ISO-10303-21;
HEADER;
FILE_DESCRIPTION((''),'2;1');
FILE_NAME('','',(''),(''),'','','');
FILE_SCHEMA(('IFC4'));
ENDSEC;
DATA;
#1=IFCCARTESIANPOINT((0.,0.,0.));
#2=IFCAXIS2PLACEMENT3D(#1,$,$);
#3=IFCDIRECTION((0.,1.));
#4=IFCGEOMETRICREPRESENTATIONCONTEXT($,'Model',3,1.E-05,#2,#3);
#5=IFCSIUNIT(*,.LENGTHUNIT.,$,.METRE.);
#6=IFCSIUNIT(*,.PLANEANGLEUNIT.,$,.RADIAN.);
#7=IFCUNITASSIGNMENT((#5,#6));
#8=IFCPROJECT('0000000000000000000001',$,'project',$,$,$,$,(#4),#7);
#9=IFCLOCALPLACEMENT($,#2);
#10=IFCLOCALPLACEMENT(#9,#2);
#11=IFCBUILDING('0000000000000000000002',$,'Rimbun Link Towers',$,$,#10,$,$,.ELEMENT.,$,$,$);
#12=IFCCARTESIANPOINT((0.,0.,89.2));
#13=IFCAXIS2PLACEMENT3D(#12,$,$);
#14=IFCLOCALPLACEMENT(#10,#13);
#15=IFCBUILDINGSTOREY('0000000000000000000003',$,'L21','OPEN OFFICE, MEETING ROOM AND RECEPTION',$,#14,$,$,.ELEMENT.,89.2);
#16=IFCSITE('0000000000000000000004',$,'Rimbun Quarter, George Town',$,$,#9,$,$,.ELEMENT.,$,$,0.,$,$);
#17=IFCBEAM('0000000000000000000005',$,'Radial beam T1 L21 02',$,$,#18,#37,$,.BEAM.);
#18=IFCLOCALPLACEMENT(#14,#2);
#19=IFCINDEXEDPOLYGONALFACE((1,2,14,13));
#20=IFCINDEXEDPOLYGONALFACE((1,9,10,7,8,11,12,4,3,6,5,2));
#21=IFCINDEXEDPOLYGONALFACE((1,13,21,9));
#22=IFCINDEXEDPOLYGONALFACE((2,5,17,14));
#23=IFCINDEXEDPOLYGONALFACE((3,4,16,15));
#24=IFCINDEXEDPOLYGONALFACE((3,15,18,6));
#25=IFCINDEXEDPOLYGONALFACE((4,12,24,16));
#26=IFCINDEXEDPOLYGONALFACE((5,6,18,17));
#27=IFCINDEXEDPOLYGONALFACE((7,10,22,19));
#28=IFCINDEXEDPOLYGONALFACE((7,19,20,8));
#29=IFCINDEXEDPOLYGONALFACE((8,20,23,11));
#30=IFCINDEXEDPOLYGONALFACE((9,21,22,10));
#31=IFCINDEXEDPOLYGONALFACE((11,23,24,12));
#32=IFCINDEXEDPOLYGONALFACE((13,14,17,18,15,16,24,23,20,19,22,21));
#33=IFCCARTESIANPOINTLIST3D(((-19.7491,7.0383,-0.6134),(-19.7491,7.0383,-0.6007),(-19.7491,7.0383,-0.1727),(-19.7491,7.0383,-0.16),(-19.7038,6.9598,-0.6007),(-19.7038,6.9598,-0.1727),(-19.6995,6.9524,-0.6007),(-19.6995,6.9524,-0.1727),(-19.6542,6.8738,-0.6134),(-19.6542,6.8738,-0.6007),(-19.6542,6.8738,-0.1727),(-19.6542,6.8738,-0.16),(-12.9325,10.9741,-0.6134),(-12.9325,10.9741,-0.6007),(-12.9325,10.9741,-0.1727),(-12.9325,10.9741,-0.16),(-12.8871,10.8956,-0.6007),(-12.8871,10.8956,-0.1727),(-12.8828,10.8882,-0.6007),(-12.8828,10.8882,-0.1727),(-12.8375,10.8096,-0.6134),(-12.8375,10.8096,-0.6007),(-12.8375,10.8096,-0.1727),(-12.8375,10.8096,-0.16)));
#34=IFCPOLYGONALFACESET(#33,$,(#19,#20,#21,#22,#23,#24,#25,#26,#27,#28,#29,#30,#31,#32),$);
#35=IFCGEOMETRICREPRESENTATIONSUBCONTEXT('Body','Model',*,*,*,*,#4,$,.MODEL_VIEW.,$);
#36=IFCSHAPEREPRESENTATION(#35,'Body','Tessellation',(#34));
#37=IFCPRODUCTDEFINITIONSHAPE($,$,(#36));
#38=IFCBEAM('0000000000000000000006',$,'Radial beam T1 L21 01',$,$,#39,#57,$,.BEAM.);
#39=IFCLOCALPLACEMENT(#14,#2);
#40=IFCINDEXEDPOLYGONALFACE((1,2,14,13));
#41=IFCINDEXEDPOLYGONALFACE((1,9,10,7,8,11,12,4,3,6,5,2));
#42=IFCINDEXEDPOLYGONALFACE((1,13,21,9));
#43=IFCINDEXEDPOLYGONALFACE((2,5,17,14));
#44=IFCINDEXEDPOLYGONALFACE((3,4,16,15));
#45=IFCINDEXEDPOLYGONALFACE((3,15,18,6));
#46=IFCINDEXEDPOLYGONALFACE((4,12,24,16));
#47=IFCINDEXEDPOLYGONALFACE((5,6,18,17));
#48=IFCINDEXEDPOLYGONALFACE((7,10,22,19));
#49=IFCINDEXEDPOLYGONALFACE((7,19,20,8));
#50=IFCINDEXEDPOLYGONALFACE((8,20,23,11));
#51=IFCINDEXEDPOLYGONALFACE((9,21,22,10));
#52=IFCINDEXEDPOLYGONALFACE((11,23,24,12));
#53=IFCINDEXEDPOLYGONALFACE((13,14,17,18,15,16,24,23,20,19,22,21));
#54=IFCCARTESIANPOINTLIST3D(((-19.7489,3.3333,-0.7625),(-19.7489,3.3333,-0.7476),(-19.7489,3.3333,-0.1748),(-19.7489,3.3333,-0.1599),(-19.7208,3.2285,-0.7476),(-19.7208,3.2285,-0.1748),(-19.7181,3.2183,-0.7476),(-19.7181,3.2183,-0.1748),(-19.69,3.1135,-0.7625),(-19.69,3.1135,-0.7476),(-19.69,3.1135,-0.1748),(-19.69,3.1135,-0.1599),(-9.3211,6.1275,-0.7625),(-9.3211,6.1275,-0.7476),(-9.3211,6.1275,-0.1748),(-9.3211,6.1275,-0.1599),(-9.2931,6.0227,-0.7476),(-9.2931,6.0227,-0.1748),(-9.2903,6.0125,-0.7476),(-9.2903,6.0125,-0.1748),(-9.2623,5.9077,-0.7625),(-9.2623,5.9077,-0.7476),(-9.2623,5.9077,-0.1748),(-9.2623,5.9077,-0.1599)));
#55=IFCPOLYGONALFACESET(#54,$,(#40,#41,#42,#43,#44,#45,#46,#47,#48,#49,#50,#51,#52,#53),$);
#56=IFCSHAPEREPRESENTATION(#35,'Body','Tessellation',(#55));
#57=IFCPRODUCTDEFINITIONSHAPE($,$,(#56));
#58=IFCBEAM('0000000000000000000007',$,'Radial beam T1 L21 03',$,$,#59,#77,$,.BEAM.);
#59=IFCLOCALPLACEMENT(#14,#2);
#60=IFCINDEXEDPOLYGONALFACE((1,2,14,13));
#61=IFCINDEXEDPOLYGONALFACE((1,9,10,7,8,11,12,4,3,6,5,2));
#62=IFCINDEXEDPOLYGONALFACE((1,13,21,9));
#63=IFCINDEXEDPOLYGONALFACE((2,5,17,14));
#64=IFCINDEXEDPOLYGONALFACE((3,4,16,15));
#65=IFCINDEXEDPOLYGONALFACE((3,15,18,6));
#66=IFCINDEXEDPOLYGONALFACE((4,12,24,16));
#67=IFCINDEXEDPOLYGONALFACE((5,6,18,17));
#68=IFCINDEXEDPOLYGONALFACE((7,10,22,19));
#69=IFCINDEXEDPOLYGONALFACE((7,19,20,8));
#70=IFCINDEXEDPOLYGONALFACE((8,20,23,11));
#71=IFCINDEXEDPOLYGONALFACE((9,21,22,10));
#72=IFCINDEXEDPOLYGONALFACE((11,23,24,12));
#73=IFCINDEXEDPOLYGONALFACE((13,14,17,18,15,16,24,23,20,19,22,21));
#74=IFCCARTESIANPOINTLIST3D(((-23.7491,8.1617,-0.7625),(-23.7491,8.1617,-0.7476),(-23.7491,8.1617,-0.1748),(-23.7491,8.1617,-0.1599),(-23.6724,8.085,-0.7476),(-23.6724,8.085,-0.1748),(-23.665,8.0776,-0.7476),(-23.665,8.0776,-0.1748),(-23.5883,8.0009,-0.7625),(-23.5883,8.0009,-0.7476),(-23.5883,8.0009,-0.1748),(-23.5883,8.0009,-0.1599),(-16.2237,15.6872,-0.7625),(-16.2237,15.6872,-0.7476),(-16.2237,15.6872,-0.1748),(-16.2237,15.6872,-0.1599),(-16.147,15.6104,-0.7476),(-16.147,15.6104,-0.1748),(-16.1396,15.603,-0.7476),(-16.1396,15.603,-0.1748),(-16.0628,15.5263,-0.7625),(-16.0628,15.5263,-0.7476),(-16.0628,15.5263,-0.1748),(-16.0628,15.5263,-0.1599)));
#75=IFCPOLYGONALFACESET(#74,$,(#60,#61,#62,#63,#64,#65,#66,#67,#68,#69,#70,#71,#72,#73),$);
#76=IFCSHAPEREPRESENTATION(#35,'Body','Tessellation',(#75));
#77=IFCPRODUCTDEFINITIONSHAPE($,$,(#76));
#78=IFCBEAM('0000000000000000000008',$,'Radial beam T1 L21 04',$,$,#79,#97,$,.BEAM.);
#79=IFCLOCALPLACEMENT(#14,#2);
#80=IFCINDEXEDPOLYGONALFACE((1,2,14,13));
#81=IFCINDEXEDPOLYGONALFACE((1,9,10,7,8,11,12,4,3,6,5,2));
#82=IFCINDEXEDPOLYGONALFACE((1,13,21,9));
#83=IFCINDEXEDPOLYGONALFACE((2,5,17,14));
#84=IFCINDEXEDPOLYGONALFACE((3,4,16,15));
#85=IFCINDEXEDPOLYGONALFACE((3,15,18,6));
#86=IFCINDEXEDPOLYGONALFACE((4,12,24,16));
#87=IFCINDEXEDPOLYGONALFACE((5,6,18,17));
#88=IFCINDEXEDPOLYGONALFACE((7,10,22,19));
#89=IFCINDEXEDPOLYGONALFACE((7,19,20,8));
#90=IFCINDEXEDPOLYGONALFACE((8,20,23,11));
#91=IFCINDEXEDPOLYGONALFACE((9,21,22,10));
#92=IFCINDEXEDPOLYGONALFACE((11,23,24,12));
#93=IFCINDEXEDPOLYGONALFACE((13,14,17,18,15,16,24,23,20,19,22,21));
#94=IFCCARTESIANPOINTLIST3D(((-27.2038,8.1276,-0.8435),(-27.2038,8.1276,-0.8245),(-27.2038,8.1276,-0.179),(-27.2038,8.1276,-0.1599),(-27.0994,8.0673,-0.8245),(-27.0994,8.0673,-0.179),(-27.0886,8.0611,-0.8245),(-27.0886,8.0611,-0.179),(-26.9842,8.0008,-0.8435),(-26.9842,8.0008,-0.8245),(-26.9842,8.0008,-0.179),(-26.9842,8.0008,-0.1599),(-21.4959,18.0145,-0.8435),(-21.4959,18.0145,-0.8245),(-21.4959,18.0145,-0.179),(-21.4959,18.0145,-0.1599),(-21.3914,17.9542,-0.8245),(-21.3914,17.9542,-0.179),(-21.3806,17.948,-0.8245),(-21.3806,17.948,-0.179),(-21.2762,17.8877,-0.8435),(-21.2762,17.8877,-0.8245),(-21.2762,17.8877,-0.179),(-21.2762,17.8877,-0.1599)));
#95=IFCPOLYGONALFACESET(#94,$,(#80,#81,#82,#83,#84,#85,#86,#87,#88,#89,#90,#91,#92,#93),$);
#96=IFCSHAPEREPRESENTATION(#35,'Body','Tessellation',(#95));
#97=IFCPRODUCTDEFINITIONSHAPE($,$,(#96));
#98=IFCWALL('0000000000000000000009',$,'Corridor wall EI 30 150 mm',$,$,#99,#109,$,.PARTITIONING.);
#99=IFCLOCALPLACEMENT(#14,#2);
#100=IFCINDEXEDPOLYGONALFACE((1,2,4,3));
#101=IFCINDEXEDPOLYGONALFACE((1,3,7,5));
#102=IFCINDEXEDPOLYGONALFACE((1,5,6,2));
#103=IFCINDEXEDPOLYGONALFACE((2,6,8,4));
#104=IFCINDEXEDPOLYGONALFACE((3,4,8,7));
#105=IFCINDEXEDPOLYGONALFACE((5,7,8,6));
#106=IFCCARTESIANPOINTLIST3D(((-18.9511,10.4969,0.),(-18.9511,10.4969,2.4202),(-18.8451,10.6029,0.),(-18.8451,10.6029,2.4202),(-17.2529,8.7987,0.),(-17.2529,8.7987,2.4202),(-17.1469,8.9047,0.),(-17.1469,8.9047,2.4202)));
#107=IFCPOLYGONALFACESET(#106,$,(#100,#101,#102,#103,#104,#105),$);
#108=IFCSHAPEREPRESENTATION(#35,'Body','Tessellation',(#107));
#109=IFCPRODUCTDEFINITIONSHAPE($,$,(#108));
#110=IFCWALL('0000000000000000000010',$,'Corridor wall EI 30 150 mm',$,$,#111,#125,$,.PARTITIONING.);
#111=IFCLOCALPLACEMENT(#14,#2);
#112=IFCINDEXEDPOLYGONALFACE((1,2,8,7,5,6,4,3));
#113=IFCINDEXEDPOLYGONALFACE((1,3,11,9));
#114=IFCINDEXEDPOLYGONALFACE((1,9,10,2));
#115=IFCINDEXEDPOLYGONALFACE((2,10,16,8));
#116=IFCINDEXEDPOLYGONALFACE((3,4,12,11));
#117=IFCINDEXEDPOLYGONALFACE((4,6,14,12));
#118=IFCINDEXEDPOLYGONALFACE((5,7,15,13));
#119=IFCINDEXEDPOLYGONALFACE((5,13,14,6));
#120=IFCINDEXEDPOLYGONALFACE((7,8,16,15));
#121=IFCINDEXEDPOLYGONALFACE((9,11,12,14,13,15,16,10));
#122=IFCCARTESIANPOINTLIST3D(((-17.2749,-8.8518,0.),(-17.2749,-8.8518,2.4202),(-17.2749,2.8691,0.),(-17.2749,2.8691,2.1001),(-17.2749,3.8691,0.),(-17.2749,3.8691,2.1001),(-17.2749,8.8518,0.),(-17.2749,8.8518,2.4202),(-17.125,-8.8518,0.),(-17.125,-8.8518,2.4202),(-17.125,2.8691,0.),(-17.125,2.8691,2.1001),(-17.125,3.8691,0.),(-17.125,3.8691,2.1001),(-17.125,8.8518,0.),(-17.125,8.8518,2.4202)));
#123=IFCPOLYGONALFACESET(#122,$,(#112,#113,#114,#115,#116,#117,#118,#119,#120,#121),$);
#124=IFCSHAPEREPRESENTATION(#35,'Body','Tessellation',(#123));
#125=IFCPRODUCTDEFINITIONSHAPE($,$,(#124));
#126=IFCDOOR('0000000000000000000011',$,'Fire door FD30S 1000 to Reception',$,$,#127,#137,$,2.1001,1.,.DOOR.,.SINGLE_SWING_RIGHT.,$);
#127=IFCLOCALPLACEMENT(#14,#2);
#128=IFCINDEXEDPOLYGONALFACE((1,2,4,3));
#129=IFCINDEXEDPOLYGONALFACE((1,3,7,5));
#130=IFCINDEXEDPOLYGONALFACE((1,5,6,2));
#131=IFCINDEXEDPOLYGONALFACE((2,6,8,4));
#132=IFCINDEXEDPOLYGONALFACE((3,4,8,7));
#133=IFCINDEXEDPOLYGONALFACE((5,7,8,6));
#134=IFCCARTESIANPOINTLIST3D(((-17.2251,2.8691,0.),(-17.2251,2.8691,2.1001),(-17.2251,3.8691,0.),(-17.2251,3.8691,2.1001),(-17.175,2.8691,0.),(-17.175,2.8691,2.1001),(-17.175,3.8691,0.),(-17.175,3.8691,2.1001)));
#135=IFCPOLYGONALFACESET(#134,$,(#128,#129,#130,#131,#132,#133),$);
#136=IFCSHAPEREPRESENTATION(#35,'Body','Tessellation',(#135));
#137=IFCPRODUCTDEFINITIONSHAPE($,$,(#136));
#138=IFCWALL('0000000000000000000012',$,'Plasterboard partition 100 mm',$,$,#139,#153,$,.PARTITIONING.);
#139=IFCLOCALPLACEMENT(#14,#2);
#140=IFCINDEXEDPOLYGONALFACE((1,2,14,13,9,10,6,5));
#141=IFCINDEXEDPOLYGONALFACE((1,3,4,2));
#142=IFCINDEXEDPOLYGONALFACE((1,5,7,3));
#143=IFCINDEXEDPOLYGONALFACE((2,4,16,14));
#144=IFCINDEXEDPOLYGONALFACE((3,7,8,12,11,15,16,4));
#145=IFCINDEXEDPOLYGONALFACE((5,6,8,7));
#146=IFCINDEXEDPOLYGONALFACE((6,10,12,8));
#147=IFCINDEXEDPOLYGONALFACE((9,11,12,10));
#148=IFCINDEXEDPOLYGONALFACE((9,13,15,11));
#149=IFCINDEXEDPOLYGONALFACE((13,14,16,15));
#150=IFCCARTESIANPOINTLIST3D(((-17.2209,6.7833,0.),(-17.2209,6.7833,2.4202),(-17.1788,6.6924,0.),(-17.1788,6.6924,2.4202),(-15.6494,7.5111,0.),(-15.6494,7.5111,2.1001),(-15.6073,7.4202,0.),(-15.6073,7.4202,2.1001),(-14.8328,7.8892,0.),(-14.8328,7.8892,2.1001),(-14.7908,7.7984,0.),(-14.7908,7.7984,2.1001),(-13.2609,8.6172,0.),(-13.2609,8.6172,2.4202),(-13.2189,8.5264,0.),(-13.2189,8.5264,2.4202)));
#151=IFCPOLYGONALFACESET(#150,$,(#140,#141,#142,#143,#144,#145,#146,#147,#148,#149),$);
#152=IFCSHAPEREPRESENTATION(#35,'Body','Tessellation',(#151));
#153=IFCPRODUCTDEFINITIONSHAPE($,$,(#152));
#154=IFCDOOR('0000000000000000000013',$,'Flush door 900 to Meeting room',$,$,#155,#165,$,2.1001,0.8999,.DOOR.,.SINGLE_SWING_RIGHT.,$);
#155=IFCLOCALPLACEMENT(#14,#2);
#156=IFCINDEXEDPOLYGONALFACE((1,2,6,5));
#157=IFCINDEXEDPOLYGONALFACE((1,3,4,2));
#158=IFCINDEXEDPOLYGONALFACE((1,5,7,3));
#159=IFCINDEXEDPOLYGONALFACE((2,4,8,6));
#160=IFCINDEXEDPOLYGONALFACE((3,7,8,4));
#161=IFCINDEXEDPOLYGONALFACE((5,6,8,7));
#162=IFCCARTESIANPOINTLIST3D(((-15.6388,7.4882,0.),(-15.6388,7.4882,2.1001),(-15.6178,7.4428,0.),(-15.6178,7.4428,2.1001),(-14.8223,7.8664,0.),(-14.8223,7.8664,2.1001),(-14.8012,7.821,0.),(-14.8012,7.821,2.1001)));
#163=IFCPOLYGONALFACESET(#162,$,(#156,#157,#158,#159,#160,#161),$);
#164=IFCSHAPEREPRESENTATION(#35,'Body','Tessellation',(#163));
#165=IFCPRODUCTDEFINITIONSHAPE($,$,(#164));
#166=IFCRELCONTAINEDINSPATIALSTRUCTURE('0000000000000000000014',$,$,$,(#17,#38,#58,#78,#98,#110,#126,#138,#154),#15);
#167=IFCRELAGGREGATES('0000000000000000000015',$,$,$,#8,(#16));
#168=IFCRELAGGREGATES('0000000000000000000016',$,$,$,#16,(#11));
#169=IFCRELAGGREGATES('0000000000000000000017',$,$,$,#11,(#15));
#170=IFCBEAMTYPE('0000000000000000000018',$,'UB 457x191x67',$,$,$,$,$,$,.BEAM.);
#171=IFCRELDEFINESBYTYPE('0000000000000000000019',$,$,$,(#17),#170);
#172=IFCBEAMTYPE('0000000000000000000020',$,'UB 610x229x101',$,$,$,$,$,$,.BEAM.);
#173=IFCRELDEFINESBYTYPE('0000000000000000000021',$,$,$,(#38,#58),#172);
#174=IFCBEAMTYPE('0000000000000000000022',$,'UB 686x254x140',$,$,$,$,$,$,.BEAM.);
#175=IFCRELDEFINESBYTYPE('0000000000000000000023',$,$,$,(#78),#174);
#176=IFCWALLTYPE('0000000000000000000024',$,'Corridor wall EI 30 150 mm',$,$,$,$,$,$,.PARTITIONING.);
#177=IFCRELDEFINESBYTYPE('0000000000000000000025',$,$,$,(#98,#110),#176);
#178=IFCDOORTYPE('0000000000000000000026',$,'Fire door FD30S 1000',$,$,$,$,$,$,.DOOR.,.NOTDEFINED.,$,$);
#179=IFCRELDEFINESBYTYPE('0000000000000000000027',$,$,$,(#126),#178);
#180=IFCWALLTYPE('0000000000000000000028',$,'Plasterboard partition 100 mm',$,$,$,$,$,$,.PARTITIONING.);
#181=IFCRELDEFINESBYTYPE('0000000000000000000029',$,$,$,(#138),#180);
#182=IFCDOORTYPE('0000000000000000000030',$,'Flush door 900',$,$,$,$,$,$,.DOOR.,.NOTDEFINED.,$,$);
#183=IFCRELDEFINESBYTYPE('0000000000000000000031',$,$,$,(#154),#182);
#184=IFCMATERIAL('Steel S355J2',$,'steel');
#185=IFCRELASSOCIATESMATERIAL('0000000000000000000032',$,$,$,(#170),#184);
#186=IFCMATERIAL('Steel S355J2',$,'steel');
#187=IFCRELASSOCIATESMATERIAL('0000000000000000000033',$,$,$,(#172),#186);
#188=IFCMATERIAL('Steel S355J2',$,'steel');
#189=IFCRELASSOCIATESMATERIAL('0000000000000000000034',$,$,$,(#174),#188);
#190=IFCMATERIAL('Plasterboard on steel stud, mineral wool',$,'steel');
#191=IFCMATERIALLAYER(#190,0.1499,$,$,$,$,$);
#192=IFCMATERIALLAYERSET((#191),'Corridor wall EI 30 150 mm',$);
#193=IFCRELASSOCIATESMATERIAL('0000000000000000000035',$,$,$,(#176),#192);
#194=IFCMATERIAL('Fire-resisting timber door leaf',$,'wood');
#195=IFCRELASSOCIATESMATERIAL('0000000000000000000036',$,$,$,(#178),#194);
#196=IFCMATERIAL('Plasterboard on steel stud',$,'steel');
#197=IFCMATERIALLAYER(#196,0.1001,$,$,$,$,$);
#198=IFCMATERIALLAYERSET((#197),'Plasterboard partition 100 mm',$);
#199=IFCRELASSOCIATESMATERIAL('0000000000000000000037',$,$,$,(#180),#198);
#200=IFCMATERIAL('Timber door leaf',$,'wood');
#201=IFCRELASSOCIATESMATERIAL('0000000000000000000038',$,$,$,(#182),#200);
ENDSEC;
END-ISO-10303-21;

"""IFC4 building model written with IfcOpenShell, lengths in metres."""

from ifc_helpers import new_model, si_unit, direction, frame, frame_2d, origin, origin_2d, place, context, subcontext, project, spatial, rectangle, i_section, extrude, material, layer, layer_set, material_profile, profile_set, type_object, element, fill, save


model = new_model("IFC4")

# Units and contexts
model_context = context("Model", 3, precision=1e-05, world=origin(), true_north=direction((0.0, 1.0)))
body_context = subcontext(model_context, "Body", "Model", "MODEL_VIEW")
ifc_project = project(units=[si_unit("LENGTHUNIT", "METRE"), si_unit("PLANEANGLEUNIT", "RADIAN")], contexts=[model_context])

# Site, building, storey
site_placement = place(None, origin())
site = spatial("IfcSite", under=ifc_project, at=site_placement, Name="Rimbun Quarter, George Town", CompositionType="ELEMENT", RefElevation=0.0)
building_placement = place(site_placement, origin())
building = spatial("IfcBuilding", under=site, at=building_placement, Name="Rimbun Link Towers", CompositionType="ELEMENT")
storey_placement = place(building_placement, frame((0.0, 0.0, 89.2)))
storey = spatial("IfcBuildingStorey", under=building, at=storey_placement, Name="L21", Description="OPEN OFFICE, MEETING ROOM AND RECEPTION", CompositionType="ELEMENT", Elevation=89.2)

# Beams
ifc_material_1 = material(Name="Steel S355J2", Category="steel")
ifc_material_profile_1 = material_profile(ifc_material_1, i_section(OverallWidth=0.1899, OverallDepth=0.4534, WebThickness=0.0085, FlangeThickness=0.0127, at=origin_2d()), Name="UB 457x191x67")
ifc_profile_set_1 = profile_set([ifc_material_profile_1], Name="Steel S355J2")
beam_type_1 = type_object("IfcBeamType", Name="UB 457x191x67", PredefinedType="BEAM", material=ifc_profile_set_1)
beam_1_placement = place(storey_placement, frame((-19.7017, 6.9561, -0.3867), z_axis=(0.866015, 0.500019, 0.0), x_axis=(-0.500019, 0.866015, 0.0)))
element("IfcBeam", 1, at=beam_1_placement, inside=storey, type_object=beam_type_1, Name="Radial beam T1 L21 02", PredefinedType="BEAM", context=body_context, shape_type="SweptSolid", body=[
    extrude(i_section(OverallWidth=0.1899, OverallDepth=0.4534, WebThickness=0.0085, FlangeThickness=0.0127, at=origin_2d()), origin(), (0.0, 0.0, 1.0), 7.8713),
])
ifc_material_2 = material(Name="Steel S355J2", Category="steel")
ifc_material_profile_2 = material_profile(ifc_material_2, i_section(OverallWidth=0.2275, OverallDepth=0.6025, WebThickness=0.0105, FlangeThickness=0.0149, at=origin_2d()), Name="UB 610x229x101")
ifc_profile_set_2 = profile_set([ifc_material_profile_2], Name="Steel S355J2")
beam_type_2 = type_object("IfcBeamType", Name="UB 610x229x101", PredefinedType="BEAM", material=ifc_profile_set_2)
beam_2_placement = place(storey_placement, frame((-19.7195, 3.2234, -0.4612), z_axis=(0.965924, 0.258827, 0.0), x_axis=(-0.258827, 0.965924, 0.0)))
element("IfcBeam", 2, at=beam_2_placement, inside=storey, type_object=beam_type_2, Name="Radial beam T1 L21 01", PredefinedType="BEAM", context=body_context, shape_type="SweptSolid", body=[
    extrude(i_section(OverallWidth=0.2275, OverallDepth=0.6025, WebThickness=0.0105, FlangeThickness=0.0149, at=origin_2d()), origin(), (0.0, 0.0, 1.0), 10.7957),
])
beam_3_placement = place(storey_placement, frame((-23.6687, 8.0813, -0.4612), z_axis=(0.707107, 0.707107, 0.0), x_axis=(-0.707107, 0.707107, 0.0)))
element("IfcBeam", 3, at=beam_3_placement, inside=storey, type_object=beam_type_2, Name="Radial beam T1 L21 03", PredefinedType="BEAM", context=body_context, shape_type="SweptSolid", body=[
    extrude(i_section(OverallWidth=0.2275, OverallDepth=0.6025, WebThickness=0.0105, FlangeThickness=0.0149, at=origin_2d()), origin(), (0.0, 0.0, 1.0), 10.6426),
])
ifc_material_3 = material(Name="Steel S355J2", Category="steel")
ifc_material_profile_3 = material_profile(ifc_material_3, i_section(OverallWidth=0.2537, OverallDepth=0.6836, WebThickness=0.0125, FlangeThickness=0.019, at=origin_2d()), Name="UB 686x254x140")
ifc_profile_set_3 = profile_set([ifc_material_profile_3], Name="Steel S355J2")
beam_type_3 = type_object("IfcBeamType", Name="UB 686x254x140", PredefinedType="BEAM", material=ifc_profile_set_3)
beam_4_placement = place(storey_placement, frame((-27.094, 8.0642, -0.5017), z_axis=(0.499985, 0.866034, 0.0), x_axis=(-0.866034, 0.499985, 0.0)))
element("IfcBeam", 4, at=beam_4_placement, inside=storey, type_object=beam_type_3, Name="Radial beam T1 L21 04", PredefinedType="BEAM", context=body_context, shape_type="SweptSolid", body=[
    extrude(i_section(OverallWidth=0.2537, OverallDepth=0.6836, WebThickness=0.0125, FlangeThickness=0.019, at=origin_2d()), origin(), (0.0, 0.0, 1.0), 11.4163),
])

# Wall
ifc_material_4 = material(Name="Plasterboard on steel stud, mineral wool", Category="steel")
ifc_layer_1 = layer(ifc_material_4, 0.1499)
ifc_layer_set_1 = layer_set([ifc_layer_1], Name="Corridor wall EI 30 150 mm")
wall_type_1 = type_object("IfcWallType", Name="Corridor wall EI 30 150 mm", PredefinedType="PARTITIONING", material=ifc_layer_set_1)
wall_1_placement = place(storey_placement, frame((-17.2, 8.8518, 0.0), z_axis=(0.0, 0.0, 1.0), x_axis=(-0.707107, 0.707107, 0.0)))
element("IfcWall", 5, at=wall_1_placement, inside=storey, type_object=wall_type_1, Name="Corridor wall EI 30 150 mm", PredefinedType="PARTITIONING", context=body_context, shape_type="SweptSolid", body=[
    extrude(rectangle(XDim=2.4016, YDim=0.1499, at=frame_2d((1.2007, 0.0))), origin(), (0.0, 0.0, 1.0), 2.4202),
])

# Walls, openings, doors
wall_2_placement = place(storey_placement, frame((-17.2, 8.8518, 0.0), z_axis=(0.0, 0.0, 1.0), x_axis=(0.0, -1.0, 0.0)))
wall_2 = element("IfcWall", 6, at=wall_2_placement, inside=storey, type_object=wall_type_1, Name="Corridor wall EI 30 150 mm", PredefinedType="PARTITIONING", context=body_context, shape_type="SweptSolid", body=[
    extrude(rectangle(XDim=17.7036, YDim=0.1499, at=frame_2d((8.8518, 0.0))), origin(), (0.0, 0.0, 1.0), 2.4202),
])
opening_1_placement = place(wall_2_placement, frame((4.9827, 0.0, 0.0)))
opening_1 = element("IfcOpeningElement", 7, at=opening_1_placement, cuts=wall_2, PredefinedType="OPENING", context=body_context, shape_type="SweptSolid", body=[
    extrude(rectangle(XDim=1.0, YDim=2.1001, at=frame_2d((0.5, 1.05))), frame((0.0, 0.085, 0.0), z_axis=(0.0, -1.0, 0.0), x_axis=(1.0, 0.0, 0.0)), (0.0, 0.0, 1.0), 0.1699),
])
ifc_material_5 = material(Name="Fire-resisting timber door leaf", Category="wood")
door_type_1 = type_object("IfcDoorType", Name="Fire door FD30S 1000", OperationType="NOTDEFINED", PredefinedType="DOOR", material=ifc_material_5)
door_1_placement = place(opening_1_placement, origin())
door_1 = element("IfcDoor", 8, at=door_1_placement, inside=storey, type_object=door_type_1, Name="Fire door FD30S 1000 to Reception", OperationType="SINGLE_SWING_RIGHT", OverallHeight=2.1001, OverallWidth=1.0, PredefinedType="DOOR", context=body_context, shape_type="SweptSolid", body=[
    extrude(rectangle(XDim=1.0, YDim=2.1001, at=frame_2d((0.5, 1.05))), frame((0.0, 0.0249, 0.0), z_axis=(0.0, -1.0, 0.0), x_axis=(1.0, 0.0, 0.0)), (0.0, 0.0, 1.0), 0.05),
])
fill(opening_1, door_1)
ifc_material_6 = material(Name="Plasterboard on steel stud", Category="steel")
ifc_layer_2 = layer(ifc_material_6, 0.1001)
ifc_layer_set_2 = layer_set([ifc_layer_2], Name="Plasterboard partition 100 mm")
wall_type_2 = type_object("IfcWallType", Name="Plasterboard partition 100 mm", PredefinedType="PARTITIONING", material=ifc_layer_set_2)
wall_3_placement = place(storey_placement, frame((-17.2, 6.7378, 0.0), z_axis=(0.0, 0.0, 1.0), x_axis=(0.907408, 0.42025, 0.0)))
wall_3 = element("IfcWall", 9, at=wall_3_placement, inside=storey, type_object=wall_type_2, Name="Plasterboard partition 100 mm", PredefinedType="PARTITIONING", context=body_context, shape_type="SweptSolid", body=[
    extrude(rectangle(XDim=4.364, YDim=0.1001, at=frame_2d((2.1821, 0.0))), origin(), (0.0, 0.0, 1.0), 2.4202),
])
opening_2_placement = place(wall_3_placement, frame((1.7319, 0.0, 0.0)))
opening_2 = element("IfcOpeningElement", 10, at=opening_2_placement, cuts=wall_3, PredefinedType="OPENING", context=body_context, shape_type="SweptSolid", body=[
    extrude(rectangle(XDim=0.8999, YDim=2.1001, at=frame_2d((0.45, 1.05))), frame((0.0, 0.0601, 0.0), z_axis=(0.0, -1.0, 0.0), x_axis=(1.0, 0.0, 0.0)), (0.0, 0.0, 1.0), 0.1201),
])
ifc_material_7 = material(Name="Timber door leaf", Category="wood")
door_type_2 = type_object("IfcDoorType", Name="Flush door 900", OperationType="NOTDEFINED", PredefinedType="DOOR", material=ifc_material_7)
door_2_placement = place(opening_2_placement, origin())
door_2 = element("IfcDoor", 11, at=door_2_placement, inside=storey, type_object=door_type_2, Name="Flush door 900 to Meeting room", OperationType="SINGLE_SWING_RIGHT", OverallHeight=2.1001, OverallWidth=0.8999, PredefinedType="DOOR", context=body_context, shape_type="SweptSolid", body=[
    extrude(rectangle(XDim=0.8999, YDim=2.1001, at=frame_2d((0.45, 1.05))), frame((0.0, 0.0249, 0.0), z_axis=(0.0, -1.0, 0.0), x_axis=(1.0, 0.0, 0.0)), (0.0, 0.0, 1.0), 0.05),
])
fill(opening_2, door_2)

save(model, "model.ifc")
